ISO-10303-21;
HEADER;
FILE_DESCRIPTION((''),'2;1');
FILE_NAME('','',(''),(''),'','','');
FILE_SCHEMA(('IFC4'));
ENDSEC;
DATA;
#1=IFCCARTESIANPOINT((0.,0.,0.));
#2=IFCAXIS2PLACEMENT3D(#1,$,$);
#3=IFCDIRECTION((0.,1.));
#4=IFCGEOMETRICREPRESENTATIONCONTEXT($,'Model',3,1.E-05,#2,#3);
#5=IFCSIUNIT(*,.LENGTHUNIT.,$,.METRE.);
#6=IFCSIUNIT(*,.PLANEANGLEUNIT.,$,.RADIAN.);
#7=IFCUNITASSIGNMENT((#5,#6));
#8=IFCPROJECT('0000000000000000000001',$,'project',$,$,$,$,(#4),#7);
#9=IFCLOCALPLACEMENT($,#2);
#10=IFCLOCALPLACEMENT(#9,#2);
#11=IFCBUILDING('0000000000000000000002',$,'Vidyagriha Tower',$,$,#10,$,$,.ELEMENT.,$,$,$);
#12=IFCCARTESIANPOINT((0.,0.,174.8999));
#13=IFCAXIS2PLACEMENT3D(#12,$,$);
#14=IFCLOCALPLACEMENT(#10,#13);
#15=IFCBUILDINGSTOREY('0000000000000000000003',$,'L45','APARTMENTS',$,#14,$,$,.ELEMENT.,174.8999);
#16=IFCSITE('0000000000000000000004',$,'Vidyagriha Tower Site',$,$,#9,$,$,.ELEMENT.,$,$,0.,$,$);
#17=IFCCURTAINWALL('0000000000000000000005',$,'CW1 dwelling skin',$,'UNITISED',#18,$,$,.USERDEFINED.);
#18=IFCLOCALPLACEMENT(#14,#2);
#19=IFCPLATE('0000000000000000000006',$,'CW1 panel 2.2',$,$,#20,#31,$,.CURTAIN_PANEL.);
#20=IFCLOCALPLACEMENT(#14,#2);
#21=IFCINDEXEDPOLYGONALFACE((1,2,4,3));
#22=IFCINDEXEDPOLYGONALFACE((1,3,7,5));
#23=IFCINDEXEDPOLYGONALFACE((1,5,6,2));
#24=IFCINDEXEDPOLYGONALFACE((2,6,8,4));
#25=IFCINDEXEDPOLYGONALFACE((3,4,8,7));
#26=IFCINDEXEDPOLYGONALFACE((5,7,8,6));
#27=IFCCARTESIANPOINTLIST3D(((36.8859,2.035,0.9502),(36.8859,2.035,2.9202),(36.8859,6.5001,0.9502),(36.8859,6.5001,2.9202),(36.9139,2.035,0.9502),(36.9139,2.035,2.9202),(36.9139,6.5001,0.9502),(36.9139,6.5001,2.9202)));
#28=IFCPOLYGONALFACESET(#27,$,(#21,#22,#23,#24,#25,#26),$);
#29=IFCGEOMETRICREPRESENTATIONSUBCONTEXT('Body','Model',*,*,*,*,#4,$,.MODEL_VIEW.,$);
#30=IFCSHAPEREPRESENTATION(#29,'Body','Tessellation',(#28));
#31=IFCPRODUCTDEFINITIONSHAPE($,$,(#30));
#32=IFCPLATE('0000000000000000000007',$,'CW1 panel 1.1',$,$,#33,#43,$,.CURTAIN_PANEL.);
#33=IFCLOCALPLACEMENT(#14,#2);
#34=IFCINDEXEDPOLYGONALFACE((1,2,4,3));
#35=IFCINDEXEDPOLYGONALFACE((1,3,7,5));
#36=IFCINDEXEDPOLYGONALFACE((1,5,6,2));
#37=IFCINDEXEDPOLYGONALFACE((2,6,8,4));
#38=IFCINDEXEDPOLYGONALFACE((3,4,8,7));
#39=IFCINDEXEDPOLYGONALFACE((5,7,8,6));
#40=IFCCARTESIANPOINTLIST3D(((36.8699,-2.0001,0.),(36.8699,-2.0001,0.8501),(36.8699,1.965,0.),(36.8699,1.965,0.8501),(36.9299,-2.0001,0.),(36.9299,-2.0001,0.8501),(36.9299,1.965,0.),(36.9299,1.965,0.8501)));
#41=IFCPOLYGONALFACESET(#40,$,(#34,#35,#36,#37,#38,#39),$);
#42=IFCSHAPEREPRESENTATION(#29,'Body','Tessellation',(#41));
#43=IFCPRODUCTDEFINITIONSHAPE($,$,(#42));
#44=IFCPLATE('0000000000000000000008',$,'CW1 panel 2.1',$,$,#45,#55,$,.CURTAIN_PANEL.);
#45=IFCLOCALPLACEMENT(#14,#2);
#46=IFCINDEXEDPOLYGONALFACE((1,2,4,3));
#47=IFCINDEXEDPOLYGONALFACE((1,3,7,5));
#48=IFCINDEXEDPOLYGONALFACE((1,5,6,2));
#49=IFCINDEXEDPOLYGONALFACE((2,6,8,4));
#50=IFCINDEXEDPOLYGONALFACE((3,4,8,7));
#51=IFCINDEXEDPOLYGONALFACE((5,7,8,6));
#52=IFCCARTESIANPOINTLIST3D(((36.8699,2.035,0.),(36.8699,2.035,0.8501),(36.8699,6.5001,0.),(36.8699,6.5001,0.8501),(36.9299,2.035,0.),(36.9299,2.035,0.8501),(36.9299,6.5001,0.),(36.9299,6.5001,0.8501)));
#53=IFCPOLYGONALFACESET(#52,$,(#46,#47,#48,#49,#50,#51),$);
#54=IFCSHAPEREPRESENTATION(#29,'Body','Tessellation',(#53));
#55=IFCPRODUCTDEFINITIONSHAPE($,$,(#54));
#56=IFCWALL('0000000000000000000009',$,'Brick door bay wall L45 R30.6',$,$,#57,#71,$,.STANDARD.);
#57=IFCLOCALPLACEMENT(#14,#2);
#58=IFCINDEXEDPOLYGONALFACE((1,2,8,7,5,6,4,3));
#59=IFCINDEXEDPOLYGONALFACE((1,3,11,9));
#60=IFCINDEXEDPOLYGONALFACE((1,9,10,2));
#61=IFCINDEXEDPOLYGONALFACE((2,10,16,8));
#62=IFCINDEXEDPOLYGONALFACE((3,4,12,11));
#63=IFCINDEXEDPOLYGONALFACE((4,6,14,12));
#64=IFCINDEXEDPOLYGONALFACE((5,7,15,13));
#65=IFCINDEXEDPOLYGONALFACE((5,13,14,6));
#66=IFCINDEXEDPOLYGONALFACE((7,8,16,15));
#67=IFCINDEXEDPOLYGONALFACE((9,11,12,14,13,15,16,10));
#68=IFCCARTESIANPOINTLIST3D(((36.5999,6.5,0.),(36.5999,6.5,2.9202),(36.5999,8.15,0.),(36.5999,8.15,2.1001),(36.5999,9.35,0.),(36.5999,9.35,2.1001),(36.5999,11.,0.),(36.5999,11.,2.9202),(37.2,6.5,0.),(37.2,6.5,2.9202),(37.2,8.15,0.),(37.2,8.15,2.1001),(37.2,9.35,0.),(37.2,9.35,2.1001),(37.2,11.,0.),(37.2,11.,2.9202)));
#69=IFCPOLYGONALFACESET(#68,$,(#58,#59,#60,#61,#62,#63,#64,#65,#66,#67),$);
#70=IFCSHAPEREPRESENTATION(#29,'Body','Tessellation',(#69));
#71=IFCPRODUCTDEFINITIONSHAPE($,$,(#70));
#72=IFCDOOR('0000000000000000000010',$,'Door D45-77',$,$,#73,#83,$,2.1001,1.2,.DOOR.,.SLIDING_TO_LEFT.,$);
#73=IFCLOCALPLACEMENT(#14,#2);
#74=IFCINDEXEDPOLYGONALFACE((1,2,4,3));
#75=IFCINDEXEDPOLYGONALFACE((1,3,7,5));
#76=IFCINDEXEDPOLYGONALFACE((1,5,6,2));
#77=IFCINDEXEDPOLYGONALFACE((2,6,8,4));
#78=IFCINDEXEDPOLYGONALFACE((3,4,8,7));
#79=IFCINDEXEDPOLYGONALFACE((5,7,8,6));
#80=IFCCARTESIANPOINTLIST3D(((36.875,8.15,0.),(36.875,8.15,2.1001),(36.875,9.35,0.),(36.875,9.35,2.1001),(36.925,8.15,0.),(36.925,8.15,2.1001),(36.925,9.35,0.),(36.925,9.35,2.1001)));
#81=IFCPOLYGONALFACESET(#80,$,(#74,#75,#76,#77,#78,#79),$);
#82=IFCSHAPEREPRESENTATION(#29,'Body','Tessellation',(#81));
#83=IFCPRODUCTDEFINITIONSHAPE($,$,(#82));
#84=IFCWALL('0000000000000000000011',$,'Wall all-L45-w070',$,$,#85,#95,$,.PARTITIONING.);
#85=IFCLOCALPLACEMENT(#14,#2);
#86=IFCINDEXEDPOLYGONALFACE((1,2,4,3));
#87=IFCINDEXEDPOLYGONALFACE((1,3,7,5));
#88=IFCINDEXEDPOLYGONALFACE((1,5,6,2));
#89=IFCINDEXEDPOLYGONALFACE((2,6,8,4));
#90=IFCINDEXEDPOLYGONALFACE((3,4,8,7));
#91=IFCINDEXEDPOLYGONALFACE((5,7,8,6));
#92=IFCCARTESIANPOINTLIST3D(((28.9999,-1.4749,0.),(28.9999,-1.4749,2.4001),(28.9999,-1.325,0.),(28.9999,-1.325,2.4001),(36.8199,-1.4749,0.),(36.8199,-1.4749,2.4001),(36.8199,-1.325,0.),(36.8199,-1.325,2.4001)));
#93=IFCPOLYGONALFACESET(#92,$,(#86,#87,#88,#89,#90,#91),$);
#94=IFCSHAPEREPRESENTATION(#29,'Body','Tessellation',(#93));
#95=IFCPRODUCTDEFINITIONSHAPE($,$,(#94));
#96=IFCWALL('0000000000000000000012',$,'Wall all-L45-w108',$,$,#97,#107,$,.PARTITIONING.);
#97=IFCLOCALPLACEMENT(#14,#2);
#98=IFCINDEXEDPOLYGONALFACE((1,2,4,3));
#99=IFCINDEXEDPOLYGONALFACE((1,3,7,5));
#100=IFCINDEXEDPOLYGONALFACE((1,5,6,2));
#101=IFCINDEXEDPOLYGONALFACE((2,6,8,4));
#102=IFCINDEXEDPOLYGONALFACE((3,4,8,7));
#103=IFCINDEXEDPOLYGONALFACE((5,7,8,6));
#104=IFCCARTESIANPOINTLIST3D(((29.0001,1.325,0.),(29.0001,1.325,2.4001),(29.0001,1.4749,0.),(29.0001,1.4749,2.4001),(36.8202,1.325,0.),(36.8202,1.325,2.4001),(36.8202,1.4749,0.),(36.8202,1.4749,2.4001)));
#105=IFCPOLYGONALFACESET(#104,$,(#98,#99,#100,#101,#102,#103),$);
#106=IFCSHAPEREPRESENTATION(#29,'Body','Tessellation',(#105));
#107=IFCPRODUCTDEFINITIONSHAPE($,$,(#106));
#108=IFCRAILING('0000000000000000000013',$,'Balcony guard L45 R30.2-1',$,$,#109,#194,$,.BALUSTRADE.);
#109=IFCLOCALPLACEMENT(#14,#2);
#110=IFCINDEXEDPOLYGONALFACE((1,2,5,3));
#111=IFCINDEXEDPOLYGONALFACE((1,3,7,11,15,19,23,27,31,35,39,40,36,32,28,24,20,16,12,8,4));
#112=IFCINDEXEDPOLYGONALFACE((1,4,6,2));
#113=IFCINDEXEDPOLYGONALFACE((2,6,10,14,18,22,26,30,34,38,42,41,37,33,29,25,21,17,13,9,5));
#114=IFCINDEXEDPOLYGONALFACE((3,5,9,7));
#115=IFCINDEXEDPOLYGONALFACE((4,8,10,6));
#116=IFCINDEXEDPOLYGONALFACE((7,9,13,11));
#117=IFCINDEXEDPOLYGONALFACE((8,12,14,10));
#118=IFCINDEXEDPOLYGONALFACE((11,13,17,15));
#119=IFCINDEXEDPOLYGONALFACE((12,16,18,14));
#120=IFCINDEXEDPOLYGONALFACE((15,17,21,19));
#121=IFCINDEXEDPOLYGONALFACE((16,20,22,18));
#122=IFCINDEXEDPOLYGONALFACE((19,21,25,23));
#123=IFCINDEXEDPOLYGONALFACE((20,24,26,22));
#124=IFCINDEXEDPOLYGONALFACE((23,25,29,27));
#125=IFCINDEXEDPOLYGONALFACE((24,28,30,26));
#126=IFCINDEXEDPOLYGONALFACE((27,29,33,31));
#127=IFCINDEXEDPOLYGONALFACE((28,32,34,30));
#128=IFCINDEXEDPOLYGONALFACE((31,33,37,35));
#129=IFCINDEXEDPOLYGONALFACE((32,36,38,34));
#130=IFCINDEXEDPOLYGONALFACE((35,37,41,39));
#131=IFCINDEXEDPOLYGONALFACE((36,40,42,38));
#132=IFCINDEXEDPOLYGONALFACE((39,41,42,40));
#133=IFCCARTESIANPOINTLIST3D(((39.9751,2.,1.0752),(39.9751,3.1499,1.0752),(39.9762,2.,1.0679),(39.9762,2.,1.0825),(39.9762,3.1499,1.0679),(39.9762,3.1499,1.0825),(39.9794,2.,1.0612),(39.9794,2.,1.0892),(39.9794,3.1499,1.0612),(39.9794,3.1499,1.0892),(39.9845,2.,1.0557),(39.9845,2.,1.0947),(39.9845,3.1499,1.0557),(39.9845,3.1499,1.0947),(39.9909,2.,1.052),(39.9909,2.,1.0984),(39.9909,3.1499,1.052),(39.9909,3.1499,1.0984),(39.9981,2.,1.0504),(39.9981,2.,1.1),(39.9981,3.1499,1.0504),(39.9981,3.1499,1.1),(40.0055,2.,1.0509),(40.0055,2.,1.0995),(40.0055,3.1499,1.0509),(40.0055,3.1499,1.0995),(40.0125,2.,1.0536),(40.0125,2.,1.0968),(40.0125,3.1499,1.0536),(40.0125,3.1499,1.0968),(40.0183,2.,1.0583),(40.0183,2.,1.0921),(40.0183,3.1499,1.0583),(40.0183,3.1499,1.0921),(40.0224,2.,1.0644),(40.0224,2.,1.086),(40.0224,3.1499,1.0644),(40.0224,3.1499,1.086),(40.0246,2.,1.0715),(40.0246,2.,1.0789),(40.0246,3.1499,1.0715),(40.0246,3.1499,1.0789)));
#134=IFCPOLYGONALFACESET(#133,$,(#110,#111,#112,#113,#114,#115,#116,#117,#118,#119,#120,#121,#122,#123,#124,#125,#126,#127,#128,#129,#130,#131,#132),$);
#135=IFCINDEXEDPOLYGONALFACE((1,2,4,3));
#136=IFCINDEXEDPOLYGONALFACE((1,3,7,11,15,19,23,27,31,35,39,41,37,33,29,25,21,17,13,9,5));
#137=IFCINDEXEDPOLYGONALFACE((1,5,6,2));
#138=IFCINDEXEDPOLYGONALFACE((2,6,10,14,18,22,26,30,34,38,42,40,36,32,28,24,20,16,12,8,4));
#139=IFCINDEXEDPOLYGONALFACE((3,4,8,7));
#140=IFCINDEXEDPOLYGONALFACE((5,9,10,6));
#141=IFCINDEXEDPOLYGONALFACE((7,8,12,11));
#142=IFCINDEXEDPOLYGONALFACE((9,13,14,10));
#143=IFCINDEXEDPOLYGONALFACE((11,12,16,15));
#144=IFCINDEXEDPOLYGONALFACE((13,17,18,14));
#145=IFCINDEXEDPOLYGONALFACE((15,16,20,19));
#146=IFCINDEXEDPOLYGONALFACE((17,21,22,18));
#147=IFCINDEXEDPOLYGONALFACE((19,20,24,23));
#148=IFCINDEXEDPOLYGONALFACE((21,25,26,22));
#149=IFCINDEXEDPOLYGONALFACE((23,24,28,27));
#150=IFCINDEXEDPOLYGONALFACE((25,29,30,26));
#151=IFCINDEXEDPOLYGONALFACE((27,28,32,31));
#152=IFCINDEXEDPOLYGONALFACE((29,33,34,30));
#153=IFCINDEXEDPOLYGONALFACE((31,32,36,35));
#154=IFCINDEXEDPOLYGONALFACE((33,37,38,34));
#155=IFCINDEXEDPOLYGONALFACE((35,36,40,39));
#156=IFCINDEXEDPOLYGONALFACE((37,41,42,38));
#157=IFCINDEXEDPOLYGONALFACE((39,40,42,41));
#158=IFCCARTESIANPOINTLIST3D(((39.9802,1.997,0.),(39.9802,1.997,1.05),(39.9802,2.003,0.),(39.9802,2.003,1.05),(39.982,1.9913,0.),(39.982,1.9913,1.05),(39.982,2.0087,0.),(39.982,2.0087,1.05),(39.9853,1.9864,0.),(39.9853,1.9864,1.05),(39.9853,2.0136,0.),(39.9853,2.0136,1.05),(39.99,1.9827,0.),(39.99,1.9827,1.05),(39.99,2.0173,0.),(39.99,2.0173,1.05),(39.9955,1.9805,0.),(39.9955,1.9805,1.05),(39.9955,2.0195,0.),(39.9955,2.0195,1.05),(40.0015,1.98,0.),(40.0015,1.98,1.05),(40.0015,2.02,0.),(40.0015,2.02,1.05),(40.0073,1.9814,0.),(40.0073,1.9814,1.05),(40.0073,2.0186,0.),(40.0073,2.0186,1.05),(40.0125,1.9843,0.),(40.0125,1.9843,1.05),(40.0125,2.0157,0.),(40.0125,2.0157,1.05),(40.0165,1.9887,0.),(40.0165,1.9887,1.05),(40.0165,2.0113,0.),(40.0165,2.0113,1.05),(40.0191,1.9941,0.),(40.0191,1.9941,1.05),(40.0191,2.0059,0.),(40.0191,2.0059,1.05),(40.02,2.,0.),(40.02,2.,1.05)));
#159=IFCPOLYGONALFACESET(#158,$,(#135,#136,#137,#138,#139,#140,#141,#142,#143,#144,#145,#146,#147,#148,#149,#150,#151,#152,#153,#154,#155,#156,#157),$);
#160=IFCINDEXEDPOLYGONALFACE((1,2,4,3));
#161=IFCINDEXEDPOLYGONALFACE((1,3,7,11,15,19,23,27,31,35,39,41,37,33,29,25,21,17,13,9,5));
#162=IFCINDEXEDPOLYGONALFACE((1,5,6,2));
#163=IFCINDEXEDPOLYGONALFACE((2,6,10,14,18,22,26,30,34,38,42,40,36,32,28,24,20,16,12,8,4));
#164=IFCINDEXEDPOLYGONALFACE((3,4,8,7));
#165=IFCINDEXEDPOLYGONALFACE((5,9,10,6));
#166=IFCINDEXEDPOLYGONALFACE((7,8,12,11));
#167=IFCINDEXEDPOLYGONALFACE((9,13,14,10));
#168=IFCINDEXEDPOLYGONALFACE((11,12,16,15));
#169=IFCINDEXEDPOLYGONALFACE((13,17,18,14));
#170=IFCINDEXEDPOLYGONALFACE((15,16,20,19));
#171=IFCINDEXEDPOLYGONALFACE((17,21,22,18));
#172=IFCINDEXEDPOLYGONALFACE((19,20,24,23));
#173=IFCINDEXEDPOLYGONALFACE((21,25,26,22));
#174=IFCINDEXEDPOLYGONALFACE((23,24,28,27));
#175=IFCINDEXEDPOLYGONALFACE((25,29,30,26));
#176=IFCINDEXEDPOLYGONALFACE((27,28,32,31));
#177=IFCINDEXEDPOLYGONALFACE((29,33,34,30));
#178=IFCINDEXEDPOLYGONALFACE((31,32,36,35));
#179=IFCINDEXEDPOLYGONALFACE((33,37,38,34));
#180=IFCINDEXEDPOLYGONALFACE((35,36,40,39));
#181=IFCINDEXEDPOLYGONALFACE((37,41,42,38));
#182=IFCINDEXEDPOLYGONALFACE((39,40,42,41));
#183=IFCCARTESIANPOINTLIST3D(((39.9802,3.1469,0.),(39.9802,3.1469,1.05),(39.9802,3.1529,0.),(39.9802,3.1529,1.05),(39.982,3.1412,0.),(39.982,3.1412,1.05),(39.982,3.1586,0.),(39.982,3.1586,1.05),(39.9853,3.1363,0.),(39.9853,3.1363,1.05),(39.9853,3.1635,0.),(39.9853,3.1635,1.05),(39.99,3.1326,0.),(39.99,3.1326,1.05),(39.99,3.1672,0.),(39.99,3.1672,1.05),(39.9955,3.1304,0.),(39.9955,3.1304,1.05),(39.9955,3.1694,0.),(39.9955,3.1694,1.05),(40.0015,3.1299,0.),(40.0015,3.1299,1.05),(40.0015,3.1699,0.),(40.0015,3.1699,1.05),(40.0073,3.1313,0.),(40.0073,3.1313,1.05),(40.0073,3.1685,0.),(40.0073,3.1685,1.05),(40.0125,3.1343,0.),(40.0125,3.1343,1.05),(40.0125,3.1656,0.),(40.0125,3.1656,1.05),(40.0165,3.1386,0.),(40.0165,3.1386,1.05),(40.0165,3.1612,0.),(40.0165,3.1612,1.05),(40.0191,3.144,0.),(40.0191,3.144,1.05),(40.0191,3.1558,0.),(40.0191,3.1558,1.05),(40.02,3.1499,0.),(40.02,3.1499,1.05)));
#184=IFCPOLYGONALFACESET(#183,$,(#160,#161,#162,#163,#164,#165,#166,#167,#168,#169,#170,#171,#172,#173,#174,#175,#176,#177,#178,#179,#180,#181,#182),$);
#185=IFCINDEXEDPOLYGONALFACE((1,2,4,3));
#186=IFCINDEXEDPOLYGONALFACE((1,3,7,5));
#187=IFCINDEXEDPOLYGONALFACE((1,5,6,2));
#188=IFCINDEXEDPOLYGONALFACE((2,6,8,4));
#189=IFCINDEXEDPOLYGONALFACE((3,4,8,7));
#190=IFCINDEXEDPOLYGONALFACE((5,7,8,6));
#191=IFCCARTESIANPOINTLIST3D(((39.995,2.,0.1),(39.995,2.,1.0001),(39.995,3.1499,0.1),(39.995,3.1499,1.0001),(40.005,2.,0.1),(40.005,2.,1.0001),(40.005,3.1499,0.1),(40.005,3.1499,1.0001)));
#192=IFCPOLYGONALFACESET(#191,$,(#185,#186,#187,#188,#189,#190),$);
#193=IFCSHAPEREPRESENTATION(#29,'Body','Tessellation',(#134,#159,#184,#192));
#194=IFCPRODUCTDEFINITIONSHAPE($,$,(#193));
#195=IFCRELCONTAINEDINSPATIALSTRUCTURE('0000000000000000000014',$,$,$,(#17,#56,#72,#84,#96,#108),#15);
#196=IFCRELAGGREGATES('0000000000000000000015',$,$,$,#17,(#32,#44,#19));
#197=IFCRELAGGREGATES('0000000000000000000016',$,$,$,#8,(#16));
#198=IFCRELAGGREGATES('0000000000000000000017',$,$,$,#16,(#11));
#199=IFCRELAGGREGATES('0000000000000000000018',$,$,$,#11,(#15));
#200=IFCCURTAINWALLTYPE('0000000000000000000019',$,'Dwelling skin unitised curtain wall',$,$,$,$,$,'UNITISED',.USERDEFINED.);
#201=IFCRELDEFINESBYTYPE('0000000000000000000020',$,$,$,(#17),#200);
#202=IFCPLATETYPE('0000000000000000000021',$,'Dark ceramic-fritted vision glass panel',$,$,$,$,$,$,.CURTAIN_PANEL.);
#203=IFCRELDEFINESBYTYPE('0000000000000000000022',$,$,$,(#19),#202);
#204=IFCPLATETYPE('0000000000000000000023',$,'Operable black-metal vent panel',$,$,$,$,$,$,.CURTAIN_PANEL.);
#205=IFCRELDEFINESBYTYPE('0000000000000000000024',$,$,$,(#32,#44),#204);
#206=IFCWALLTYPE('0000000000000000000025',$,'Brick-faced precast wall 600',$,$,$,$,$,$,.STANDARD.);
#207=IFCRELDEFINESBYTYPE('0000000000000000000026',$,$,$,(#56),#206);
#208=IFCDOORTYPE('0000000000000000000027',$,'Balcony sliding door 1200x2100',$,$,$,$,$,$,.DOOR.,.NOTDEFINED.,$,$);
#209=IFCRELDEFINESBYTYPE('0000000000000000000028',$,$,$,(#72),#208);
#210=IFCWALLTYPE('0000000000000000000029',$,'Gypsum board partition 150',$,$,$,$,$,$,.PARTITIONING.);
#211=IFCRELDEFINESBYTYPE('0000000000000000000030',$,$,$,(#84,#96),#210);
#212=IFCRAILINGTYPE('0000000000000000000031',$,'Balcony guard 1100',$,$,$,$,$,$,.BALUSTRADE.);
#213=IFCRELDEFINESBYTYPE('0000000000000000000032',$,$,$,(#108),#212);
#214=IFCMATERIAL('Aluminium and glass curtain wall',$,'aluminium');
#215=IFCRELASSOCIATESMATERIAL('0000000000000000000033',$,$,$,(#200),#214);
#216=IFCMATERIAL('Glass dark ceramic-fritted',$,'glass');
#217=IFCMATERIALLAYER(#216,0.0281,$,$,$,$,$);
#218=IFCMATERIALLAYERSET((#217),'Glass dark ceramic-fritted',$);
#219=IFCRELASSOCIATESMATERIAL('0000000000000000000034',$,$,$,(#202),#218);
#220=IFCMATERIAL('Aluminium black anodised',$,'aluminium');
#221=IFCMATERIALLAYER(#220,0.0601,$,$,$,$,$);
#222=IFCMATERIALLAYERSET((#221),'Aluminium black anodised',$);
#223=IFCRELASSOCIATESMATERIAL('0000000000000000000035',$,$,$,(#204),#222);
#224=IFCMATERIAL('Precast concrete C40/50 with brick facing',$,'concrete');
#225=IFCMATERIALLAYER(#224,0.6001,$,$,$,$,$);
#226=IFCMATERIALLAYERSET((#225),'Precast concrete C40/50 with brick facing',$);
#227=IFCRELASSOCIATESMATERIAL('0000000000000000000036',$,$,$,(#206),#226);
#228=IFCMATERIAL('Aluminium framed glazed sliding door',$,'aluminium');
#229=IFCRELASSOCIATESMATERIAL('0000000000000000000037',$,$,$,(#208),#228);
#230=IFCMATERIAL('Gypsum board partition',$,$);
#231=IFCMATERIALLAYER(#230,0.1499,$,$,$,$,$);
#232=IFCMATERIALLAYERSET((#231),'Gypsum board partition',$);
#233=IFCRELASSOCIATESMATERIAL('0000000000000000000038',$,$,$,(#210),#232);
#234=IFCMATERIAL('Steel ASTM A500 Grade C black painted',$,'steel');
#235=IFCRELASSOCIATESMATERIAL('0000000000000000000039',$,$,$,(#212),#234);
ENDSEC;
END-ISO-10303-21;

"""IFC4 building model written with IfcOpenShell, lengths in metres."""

from ifc_helpers import new_model, si_unit, direction, frame, frame_2d, origin, origin_2d, place, context, subcontext, project, spatial, rectangle, circle, extrude, material, layer, layer_set, type_object, element, fill, aggregate, save


model = new_model("IFC4")

# Units and contexts
model_context = context("Model", 3, precision=1e-05, world=origin(), true_north=direction((0.0, 1.0)))
body_context = subcontext(model_context, "Body", "Model", "MODEL_VIEW")
ifc_project = project(units=[si_unit("LENGTHUNIT", "METRE"), si_unit("PLANEANGLEUNIT", "RADIAN")], contexts=[model_context])

# Site, building, storey
site_placement = place(None, origin())
site = spatial("IfcSite", under=ifc_project, at=site_placement, Name="Vidyagriha Tower Site", CompositionType="ELEMENT", RefElevation=0.0)
building_placement = place(site_placement, origin())
building = spatial("IfcBuilding", under=site, at=building_placement, Name="Vidyagriha Tower", CompositionType="ELEMENT")
storey_placement = place(building_placement, frame((0.0, 0.0, 174.8999)))
storey = spatial("IfcBuildingStorey", under=building, at=storey_placement, Name="L45", Description="APARTMENTS", CompositionType="ELEMENT", Elevation=174.8999)

# Curtain wall
ifc_material_1 = material(Name="Aluminium and glass curtain wall", Category="aluminium")
curtain_wall_type = type_object("IfcCurtainWallType", Name="Dwelling skin unitised curtain wall", ElementType="UNITISED", PredefinedType="USERDEFINED", material=ifc_material_1)
curtain_wall_1_placement = place(storey_placement, origin())
curtain_wall_1 = element("IfcCurtainWall", 1, at=curtain_wall_1_placement, inside=storey, type_object=curtain_wall_type, Name="CW1 dwelling skin", ObjectType="UNITISED", PredefinedType="USERDEFINED")

# Plates
ifc_material_2 = material(Name="Glass dark ceramic-fritted", Category="glass")
ifc_layer_1 = layer(ifc_material_2, 0.0281)
ifc_layer_set_1 = layer_set([ifc_layer_1], Name="Glass dark ceramic-fritted")
plate_type_1 = type_object("IfcPlateType", Name="Dark ceramic-fritted vision glass panel", PredefinedType="CURTAIN_PANEL", material=ifc_layer_set_1)
plate_1_placement = place(storey_placement, frame((36.8999, 4.2676, 0.9502), z_axis=(0.0, 0.0, 1.0), x_axis=(0.0, 1.0, 0.0)))
plate_1 = element("IfcPlate", 2, at=plate_1_placement, type_object=plate_type_1, Name="CW1 panel 2.2", PredefinedType="CURTAIN_PANEL", context=body_context, shape_type="SweptSolid", body=[
    extrude(rectangle(XDim=4.4651, YDim=0.0281, at=origin_2d()), origin(), (0.0, 0.0, 1.0), 1.97),
])
ifc_material_3 = material(Name="Aluminium black anodised", Category="aluminium")
ifc_layer_2 = layer(ifc_material_3, 0.0601)
ifc_layer_set_2 = layer_set([ifc_layer_2], Name="Aluminium black anodised")
plate_type_2 = type_object("IfcPlateType", Name="Operable black-metal vent panel", PredefinedType="CURTAIN_PANEL", material=ifc_layer_set_2)
plate_2_placement = place(storey_placement, frame((36.8999, -0.0176, 0.0), z_axis=(0.0, 0.0, 1.0), x_axis=(0.0, 1.0, 0.0)))
plate_2 = element("IfcPlate", 3, at=plate_2_placement, type_object=plate_type_2, Name="CW1 panel 1.1", PredefinedType="CURTAIN_PANEL", context=body_context, shape_type="SweptSolid", body=[
    extrude(rectangle(XDim=3.9651, YDim=0.0601, at=origin_2d()), origin(), (0.0, 0.0, 1.0), 0.8501),
])
plate_3_placement = place(storey_placement, frame((36.8999, 4.2676, 0.0), z_axis=(0.0, 0.0, 1.0), x_axis=(0.0, 1.0, 0.0)))
plate_3 = element("IfcPlate", 4, at=plate_3_placement, type_object=plate_type_2, Name="CW1 panel 2.1", PredefinedType="CURTAIN_PANEL", context=body_context, shape_type="SweptSolid", body=[
    extrude(rectangle(XDim=4.4651, YDim=0.0601, at=origin_2d()), origin(), (0.0, 0.0, 1.0), 0.8501),
])
aggregate(curtain_wall_1, [plate_2, plate_3, plate_1])

# Wall, opening, door
ifc_material_4 = material(Name="Precast concrete C40/50 with brick facing", Category="concrete")
ifc_layer_3 = layer(ifc_material_4, 0.6001)
ifc_layer_set_3 = layer_set([ifc_layer_3], Name="Precast concrete C40/50 with brick facing")
wall_type_1 = type_object("IfcWallType", Name="Brick-faced precast wall 600", PredefinedType="STANDARD", material=ifc_layer_set_3)
wall_1_placement = place(storey_placement, frame((36.8999, 6.5, 0.0), z_axis=(0.0, 0.0, 1.0), x_axis=(0.0, 1.0, 0.0)))
wall_1 = element("IfcWall", 5, at=wall_1_placement, inside=storey, type_object=wall_type_1, Name="Brick door bay wall L45 R30.6", PredefinedType="STANDARD", context=body_context, shape_type="SweptSolid", body=[
    extrude(rectangle(XDim=4.5, YDim=0.6001, at=frame_2d((2.25, 0.0))), origin(), (0.0, 0.0, 1.0), 2.9202),
])
opening_placement = place(wall_1_placement, frame((1.6499, 0.0, 0.0)))
opening = element("IfcOpeningElement", 6, at=opening_placement, cuts=wall_1, PredefinedType="OPENING", context=body_context, shape_type="SweptSolid", body=[
    extrude(rectangle(XDim=1.2, YDim=2.1001, at=frame_2d((0.6001, 1.05))), frame((0.0, 0.3101, 0.0), z_axis=(0.0, -1.0, 0.0), x_axis=(1.0, 0.0, 0.0)), (0.0, 0.0, 1.0), 0.6201),
])
ifc_material_5 = material(Name="Aluminium framed glazed sliding door", Category="aluminium")
door_type = type_object("IfcDoorType", Name="Balcony sliding door 1200x2100", OperationType="NOTDEFINED", PredefinedType="DOOR", material=ifc_material_5)
door_placement = place(opening_placement, origin())
door = element("IfcDoor", 7, at=door_placement, inside=storey, type_object=door_type, Name="Door D45-77", OperationType="SLIDING_TO_LEFT", OverallHeight=2.1001, OverallWidth=1.2, PredefinedType="DOOR", context=body_context, shape_type="SweptSolid", body=[
    extrude(rectangle(XDim=1.2, YDim=2.1001, at=frame_2d((0.6001, 1.05))), frame((0.0, 0.0249, 0.0), z_axis=(0.0, -1.0, 0.0), x_axis=(1.0, 0.0, 0.0)), (0.0, 0.0, 1.0), 0.05),
])
fill(opening, door)

# Walls
ifc_material_6 = material(Name="Gypsum board partition")
ifc_layer_4 = layer(ifc_material_6, 0.1499)
ifc_layer_set_4 = layer_set([ifc_layer_4], Name="Gypsum board partition")
wall_type_2 = type_object("IfcWallType", Name="Gypsum board partition 150", PredefinedType="PARTITIONING", material=ifc_layer_set_4)
wall_2_placement = place(storey_placement, frame((36.8201, -1.3999, 0.0), z_axis=(0.0, 0.0, 1.0), x_axis=(-1.0, 0.0, 0.0)))
element("IfcWall", 8, at=wall_2_placement, inside=storey, type_object=wall_type_2, Name="Wall all-L45-w070", PredefinedType="PARTITIONING", context=body_context, shape_type="SweptSolid", body=[
    extrude(rectangle(XDim=7.8201, YDim=0.1499, at=frame_2d((3.9102, 0.0))), origin(), (0.0, 0.0, 1.0), 2.4001),
])
wall_3_placement = place(storey_placement, frame((29.0, 1.3999, 0.0)))
element("IfcWall", 9, at=wall_3_placement, inside=storey, type_object=wall_type_2, Name="Wall all-L45-w108", PredefinedType="PARTITIONING", context=body_context, shape_type="SweptSolid", body=[
    extrude(rectangle(XDim=7.8201, YDim=0.1499, at=frame_2d((3.9102, 0.0))), origin(), (0.0, 0.0, 1.0), 2.4001),
])

# Railing
ifc_material_7 = material(Name="Steel ASTM A500 Grade C black painted", Category="steel")
railing_type_1 = type_object("IfcRailingType", Name="Balcony guard 1100", PredefinedType="BALUSTRADE", material=ifc_material_7)
railing_1_placement = place(storey_placement, frame((40.0, 2.0, 0.0)))
element("IfcRailing", 10, at=railing_1_placement, inside=storey, type_object=railing_type_1, Name="Balcony guard L45 R30.2-1", PredefinedType="BALUSTRADE", context=body_context, shape_type="SweptSolid", body=[
    extrude(circle(Radius=0.0249, at=origin_2d()), frame((0.0, 0.0, 1.0752), z_axis=(0.0, 1.0, 0.0), x_axis=(-1.0, 0.0, 0.0)), (0.0, 0.0, 1.0), 1.1499),
    extrude(circle(Radius=0.02, at=origin_2d()), origin(), (0.0, 0.0, 1.0), 1.05),
    extrude(circle(Radius=0.02, at=origin_2d()), frame((0.0, 1.1499, 0.0)), (0.0, 0.0, 1.0), 1.05),
    extrude(rectangle(XDim=0.01, YDim=0.9001, at=origin_2d()), frame((0.0, 0.0, 0.55), z_axis=(0.0, 1.0, 0.0), x_axis=(-1.0, 0.0, 0.0)), (0.0, 0.0, 1.0), 1.1499),
])

save(model, "model.ifc")
